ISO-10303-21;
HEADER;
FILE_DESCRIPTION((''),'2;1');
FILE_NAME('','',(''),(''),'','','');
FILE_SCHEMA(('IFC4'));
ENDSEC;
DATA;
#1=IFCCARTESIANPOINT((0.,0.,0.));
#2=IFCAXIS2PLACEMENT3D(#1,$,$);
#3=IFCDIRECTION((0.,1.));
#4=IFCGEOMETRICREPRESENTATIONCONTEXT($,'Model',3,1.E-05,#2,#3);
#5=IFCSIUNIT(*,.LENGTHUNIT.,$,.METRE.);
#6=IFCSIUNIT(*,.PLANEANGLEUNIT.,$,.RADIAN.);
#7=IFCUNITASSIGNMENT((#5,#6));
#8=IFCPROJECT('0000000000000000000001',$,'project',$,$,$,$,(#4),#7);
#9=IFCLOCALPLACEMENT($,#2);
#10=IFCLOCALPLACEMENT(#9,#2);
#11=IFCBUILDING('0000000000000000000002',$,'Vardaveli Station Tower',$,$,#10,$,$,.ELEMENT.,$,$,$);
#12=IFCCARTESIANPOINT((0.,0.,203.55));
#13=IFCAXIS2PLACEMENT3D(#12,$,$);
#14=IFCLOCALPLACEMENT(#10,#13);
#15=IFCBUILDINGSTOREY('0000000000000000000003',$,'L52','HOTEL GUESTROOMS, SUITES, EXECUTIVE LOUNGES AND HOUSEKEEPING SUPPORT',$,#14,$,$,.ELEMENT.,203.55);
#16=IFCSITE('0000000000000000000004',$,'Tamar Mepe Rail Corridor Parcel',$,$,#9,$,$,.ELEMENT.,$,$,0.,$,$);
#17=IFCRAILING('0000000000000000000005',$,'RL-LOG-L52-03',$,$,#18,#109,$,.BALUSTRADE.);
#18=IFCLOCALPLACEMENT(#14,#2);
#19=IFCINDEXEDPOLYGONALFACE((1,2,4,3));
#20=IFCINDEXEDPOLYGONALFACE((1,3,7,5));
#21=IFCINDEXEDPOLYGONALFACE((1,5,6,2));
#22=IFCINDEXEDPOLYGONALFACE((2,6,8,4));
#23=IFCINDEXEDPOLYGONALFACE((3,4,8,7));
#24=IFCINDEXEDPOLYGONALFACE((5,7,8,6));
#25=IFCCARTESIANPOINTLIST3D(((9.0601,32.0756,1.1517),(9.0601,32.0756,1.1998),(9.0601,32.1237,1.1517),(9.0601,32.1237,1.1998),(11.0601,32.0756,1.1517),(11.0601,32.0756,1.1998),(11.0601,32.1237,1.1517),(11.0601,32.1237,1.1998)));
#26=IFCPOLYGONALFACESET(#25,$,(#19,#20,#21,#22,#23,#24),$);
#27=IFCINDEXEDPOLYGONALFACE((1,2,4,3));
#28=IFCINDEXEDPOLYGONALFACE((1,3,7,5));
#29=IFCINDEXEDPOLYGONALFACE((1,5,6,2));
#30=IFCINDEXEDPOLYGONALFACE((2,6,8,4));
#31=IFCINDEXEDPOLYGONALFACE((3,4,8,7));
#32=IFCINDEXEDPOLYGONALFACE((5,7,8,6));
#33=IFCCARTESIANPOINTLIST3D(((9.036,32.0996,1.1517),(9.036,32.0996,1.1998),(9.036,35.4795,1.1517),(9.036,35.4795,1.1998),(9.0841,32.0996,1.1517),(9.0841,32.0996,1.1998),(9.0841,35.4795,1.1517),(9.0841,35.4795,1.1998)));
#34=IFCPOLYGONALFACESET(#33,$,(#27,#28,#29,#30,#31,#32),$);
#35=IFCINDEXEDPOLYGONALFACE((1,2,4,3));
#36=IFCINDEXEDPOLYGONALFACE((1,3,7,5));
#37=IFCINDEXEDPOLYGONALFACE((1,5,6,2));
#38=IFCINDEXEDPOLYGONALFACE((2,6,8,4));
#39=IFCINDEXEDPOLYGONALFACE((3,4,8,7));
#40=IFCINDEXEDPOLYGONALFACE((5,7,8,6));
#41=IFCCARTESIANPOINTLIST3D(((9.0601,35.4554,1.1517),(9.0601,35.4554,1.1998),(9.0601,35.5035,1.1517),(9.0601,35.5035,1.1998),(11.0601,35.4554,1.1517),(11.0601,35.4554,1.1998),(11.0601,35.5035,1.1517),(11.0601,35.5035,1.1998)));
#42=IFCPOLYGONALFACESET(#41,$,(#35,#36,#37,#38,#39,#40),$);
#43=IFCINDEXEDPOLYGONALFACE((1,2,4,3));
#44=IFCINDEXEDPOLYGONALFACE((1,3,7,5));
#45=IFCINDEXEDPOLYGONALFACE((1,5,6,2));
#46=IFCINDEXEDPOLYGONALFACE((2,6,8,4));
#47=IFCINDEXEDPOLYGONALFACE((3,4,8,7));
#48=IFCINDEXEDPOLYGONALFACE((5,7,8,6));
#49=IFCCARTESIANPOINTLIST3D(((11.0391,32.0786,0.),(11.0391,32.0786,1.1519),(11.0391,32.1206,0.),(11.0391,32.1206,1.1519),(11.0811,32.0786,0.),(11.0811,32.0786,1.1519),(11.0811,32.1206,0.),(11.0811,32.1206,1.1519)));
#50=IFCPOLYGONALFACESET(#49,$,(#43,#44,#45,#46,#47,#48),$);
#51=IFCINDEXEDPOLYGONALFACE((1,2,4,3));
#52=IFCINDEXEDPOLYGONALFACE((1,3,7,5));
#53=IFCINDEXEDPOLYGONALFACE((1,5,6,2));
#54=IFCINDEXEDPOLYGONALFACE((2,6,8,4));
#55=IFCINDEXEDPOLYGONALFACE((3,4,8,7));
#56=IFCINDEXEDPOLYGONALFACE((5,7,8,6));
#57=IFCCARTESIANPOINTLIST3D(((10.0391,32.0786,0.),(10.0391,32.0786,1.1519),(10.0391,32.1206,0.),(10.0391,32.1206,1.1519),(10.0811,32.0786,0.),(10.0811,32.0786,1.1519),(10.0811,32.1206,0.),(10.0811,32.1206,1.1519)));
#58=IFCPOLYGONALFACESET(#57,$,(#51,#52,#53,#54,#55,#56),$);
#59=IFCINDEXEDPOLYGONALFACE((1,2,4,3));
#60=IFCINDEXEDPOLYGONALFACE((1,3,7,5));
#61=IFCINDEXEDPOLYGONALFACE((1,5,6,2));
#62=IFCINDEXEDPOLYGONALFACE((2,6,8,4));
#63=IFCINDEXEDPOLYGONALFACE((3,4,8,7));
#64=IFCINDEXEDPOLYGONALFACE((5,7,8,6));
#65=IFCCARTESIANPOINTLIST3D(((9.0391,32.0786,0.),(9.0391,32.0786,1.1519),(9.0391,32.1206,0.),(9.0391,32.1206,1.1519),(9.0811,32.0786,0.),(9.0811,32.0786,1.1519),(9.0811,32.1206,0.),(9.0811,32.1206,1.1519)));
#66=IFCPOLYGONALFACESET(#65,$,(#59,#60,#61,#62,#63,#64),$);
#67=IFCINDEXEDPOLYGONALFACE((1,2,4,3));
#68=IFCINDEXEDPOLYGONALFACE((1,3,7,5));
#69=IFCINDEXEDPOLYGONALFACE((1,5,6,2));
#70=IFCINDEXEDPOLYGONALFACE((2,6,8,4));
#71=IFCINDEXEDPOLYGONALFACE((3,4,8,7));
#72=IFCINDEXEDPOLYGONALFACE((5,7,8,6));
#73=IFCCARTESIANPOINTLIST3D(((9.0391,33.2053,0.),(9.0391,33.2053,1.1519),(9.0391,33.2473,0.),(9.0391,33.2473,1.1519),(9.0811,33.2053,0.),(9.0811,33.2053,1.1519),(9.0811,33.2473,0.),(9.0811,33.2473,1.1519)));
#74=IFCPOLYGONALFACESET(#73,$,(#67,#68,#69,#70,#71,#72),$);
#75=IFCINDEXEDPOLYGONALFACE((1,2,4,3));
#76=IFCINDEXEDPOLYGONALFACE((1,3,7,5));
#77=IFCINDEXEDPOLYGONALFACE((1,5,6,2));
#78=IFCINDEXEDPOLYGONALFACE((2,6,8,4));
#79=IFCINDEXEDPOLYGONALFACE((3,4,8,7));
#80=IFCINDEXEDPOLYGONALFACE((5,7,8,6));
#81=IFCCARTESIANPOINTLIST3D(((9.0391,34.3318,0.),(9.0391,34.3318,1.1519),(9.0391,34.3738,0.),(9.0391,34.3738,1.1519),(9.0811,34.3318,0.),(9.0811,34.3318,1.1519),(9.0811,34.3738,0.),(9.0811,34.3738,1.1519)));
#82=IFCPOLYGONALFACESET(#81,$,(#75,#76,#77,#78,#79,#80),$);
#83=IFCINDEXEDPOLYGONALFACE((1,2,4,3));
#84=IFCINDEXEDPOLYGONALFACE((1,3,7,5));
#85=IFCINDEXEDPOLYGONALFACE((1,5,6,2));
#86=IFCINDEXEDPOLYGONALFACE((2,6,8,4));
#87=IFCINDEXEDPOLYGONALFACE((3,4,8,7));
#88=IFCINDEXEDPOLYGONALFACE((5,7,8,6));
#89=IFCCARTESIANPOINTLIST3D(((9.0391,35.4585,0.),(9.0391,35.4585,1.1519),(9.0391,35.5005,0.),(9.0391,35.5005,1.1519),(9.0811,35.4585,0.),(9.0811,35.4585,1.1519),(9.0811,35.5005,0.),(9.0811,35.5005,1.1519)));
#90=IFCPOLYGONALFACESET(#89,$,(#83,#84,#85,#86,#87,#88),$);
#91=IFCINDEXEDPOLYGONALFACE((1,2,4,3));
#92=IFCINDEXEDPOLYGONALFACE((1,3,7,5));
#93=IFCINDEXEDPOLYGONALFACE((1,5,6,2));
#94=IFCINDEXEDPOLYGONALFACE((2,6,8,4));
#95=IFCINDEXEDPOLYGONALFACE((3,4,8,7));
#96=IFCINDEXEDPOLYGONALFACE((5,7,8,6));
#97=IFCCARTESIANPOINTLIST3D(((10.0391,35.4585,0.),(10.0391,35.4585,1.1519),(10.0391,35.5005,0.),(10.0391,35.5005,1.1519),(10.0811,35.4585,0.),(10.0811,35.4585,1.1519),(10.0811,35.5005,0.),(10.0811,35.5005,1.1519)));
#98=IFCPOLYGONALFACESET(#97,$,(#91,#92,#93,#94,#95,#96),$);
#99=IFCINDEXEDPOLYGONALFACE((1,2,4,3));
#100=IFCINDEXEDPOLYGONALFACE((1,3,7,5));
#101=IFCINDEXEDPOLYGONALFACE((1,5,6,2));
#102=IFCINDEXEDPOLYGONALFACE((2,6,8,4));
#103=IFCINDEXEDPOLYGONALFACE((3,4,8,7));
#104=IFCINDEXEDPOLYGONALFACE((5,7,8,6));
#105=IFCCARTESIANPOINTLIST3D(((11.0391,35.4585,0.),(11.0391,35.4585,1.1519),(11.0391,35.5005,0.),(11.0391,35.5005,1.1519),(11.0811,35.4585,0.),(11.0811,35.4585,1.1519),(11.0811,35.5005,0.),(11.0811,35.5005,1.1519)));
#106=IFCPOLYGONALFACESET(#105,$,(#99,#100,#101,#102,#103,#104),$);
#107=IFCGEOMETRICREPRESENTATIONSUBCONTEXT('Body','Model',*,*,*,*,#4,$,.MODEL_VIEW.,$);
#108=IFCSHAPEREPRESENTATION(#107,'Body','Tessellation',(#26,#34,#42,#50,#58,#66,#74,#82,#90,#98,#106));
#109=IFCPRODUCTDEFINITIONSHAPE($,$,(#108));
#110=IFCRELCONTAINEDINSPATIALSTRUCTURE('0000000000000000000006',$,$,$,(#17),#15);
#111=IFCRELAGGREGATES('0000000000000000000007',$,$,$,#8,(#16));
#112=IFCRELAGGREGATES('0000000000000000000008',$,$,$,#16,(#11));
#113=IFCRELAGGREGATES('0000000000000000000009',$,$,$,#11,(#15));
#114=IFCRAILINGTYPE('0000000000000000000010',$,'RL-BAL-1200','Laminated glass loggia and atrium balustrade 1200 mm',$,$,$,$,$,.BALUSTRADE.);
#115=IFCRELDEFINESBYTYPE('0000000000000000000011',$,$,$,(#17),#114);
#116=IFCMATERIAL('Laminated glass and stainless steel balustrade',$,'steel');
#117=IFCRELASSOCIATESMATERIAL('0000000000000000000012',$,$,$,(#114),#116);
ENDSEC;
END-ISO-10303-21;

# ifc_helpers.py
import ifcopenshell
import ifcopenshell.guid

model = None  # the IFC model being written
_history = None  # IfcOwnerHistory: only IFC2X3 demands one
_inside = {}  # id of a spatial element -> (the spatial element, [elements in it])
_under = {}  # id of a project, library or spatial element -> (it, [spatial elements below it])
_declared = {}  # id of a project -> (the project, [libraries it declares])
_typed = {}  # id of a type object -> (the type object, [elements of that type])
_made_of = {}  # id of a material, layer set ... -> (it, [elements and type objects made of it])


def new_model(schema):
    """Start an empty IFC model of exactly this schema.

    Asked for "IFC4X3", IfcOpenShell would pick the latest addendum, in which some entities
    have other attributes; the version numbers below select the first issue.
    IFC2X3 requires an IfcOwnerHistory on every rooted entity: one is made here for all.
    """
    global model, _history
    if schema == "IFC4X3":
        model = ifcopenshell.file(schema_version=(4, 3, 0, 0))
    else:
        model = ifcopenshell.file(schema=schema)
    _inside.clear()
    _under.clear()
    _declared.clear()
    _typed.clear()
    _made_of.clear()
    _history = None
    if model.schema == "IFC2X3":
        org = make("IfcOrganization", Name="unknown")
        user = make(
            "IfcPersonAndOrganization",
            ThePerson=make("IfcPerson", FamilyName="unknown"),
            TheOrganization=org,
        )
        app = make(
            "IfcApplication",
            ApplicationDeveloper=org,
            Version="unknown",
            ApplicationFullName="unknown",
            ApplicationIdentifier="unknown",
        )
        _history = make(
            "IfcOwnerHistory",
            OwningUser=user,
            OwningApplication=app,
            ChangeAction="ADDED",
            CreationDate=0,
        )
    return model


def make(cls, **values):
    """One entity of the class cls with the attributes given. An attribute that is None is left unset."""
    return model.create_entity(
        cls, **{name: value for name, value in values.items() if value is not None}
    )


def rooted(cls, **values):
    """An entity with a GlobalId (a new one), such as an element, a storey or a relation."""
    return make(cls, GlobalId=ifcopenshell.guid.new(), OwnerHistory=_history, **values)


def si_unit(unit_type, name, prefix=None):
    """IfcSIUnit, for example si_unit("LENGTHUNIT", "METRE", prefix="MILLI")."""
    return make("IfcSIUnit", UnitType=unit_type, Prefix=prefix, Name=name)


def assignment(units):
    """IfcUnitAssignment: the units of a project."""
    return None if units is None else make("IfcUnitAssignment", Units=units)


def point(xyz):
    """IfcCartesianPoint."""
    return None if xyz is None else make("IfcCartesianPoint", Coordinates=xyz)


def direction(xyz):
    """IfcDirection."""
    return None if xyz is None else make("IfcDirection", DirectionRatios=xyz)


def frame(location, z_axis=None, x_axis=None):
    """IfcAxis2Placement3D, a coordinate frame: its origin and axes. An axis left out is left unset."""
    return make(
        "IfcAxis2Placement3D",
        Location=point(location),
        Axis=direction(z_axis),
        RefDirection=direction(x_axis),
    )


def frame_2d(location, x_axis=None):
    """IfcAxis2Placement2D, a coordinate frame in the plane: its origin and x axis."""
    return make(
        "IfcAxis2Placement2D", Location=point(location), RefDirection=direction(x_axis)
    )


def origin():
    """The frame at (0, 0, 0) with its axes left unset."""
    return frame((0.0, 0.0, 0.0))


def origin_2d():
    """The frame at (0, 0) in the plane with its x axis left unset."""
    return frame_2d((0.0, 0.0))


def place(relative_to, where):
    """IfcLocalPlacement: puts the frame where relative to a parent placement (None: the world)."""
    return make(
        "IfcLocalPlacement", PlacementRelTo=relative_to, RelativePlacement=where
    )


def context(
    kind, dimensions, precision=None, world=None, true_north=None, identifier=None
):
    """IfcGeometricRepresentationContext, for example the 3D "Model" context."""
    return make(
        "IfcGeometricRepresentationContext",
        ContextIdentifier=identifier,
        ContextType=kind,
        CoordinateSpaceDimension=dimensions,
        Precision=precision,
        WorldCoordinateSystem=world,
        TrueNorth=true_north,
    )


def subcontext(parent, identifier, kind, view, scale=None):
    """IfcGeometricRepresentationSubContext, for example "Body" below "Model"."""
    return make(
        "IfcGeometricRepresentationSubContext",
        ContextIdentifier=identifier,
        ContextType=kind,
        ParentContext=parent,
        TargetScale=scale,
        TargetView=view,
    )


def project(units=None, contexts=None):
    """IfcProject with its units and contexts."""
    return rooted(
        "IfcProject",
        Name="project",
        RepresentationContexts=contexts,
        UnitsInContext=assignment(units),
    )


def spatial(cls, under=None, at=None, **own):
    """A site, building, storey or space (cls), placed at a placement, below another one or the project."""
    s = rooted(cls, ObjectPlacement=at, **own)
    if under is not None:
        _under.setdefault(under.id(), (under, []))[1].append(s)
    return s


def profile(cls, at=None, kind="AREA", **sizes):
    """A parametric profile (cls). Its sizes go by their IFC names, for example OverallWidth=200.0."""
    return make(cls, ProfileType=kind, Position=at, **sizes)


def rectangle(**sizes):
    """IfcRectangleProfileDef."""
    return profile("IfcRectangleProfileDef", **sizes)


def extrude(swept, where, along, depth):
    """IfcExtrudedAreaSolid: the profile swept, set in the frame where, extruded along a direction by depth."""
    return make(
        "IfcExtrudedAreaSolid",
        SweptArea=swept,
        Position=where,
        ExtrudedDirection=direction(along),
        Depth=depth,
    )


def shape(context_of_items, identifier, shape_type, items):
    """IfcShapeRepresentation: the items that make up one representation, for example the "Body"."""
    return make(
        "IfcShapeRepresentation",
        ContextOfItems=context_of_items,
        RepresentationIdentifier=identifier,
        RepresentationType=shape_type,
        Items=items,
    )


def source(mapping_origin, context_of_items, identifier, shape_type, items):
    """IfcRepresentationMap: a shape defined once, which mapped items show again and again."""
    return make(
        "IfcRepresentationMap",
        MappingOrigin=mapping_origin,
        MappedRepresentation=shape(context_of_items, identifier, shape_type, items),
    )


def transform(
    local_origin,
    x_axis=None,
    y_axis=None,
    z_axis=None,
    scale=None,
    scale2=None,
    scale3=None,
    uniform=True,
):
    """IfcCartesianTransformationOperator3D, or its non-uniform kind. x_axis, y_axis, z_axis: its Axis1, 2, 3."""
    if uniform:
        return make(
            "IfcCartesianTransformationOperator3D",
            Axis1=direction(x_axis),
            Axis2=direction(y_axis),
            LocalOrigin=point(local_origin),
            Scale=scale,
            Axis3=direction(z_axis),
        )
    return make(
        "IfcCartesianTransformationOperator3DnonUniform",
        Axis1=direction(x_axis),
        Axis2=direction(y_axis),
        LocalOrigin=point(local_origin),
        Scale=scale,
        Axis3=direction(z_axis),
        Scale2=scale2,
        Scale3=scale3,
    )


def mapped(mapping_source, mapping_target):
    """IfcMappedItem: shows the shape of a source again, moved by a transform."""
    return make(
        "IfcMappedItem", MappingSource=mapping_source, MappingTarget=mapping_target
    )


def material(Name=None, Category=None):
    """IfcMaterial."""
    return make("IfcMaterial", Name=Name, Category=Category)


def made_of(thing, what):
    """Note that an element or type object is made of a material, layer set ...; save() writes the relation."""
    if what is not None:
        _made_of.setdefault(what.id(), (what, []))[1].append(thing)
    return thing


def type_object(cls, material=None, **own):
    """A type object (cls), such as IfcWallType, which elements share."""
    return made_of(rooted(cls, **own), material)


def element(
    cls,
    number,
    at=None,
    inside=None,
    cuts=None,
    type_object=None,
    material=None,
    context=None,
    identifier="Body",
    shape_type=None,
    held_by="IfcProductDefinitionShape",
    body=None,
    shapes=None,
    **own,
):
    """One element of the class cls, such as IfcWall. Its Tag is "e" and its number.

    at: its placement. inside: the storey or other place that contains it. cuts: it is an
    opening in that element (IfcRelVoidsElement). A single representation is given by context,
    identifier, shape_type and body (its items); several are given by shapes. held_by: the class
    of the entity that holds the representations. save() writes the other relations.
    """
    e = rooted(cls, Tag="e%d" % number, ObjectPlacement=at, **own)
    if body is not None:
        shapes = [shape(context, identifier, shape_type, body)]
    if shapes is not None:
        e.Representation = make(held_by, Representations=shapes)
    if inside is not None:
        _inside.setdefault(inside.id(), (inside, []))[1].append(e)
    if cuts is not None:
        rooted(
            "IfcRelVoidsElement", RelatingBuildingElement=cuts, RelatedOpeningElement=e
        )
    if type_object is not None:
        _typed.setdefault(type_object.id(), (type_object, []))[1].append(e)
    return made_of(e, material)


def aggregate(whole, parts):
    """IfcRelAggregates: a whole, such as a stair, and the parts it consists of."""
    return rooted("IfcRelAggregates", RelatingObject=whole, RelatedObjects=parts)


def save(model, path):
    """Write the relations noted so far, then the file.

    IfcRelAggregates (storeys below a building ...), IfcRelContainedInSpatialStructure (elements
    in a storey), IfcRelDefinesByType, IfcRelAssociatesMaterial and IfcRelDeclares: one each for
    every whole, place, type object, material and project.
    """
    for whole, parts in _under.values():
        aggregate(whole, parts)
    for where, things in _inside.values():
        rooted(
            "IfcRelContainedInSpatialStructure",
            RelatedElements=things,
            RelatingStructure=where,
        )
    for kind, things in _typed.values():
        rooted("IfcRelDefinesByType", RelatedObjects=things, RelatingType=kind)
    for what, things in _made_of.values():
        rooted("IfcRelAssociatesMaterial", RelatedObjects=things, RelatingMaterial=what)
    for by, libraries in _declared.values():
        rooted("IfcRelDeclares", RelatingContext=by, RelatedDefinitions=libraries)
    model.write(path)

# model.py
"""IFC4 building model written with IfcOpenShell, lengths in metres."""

from ifc_helpers import new_model, si_unit, direction, frame, origin, origin_2d, place, context, subcontext, project, spatial, rectangle, extrude, source, transform, mapped, material, type_object, element, save


model = new_model("IFC4")

# Units and contexts
model_context = context("Model", 3, precision=1e-05, world=origin(), true_north=direction((0.0, 1.0)))
body_context = subcontext(model_context, "Body", "Model", "MODEL_VIEW")
ifc_project = project(units=[si_unit("LENGTHUNIT", "METRE"), si_unit("PLANEANGLEUNIT", "RADIAN")], contexts=[model_context])

# Site, building, storey
site_placement = place(None, origin())
site = spatial("IfcSite", under=ifc_project, at=site_placement, Name="Tamar Mepe Rail Corridor Parcel", CompositionType="ELEMENT", RefElevation=0.0)
building_placement = place(site_placement, origin())
building = spatial("IfcBuilding", under=site, at=building_placement, Name="Vardaveli Station Tower", CompositionType="ELEMENT")
storey_placement = place(building_placement, frame((0.0, 0.0, 203.55)))
storey = spatial("IfcBuildingStorey", under=building, at=storey_placement, Name="L52", Description="HOTEL GUESTROOMS, SUITES, EXECUTIVE LOUNGES AND HOUSEKEEPING SUPPORT", CompositionType="ELEMENT", Elevation=203.55)

# Railing
ifc_material_1 = material(Name="Laminated glass and stainless steel balustrade", Category="steel")
railing_type = type_object("IfcRailingType", Name="RL-BAL-1200", Description="Laminated glass loggia and atrium balustrade 1200 mm", PredefinedType="BALUSTRADE", material=ifc_material_1)
shared_shape_1 = source(origin(), body_context, "Body", "SweptSolid", [
    extrude(rectangle(XDim=0.0481, YDim=0.0481, at=origin_2d()), frame((0.0, 0.0, 1.1758), z_axis=(-1.0, 0.0, 0.0), x_axis=(0.0, -1.0, 0.0)), (0.0, 0.0, 1.0), 2.0),
    extrude(rectangle(XDim=0.0481, YDim=0.0481, at=origin_2d()), frame((-2.0, 0.0, 1.1758), z_axis=(0.0, 1.0, 0.0), x_axis=(-1.0, 0.0, 0.0)), (0.0, 0.0, 1.0), 3.3799),
    extrude(rectangle(XDim=0.0481, YDim=0.0481, at=origin_2d()), frame((-2.0, 3.3799, 1.1758), z_axis=(1.0, 0.0, 0.0), x_axis=(0.0, 1.0, 0.0)), (0.0, 0.0, 1.0), 2.0),
    extrude(rectangle(XDim=0.042, YDim=0.042, at=origin_2d()), origin(), (0.0, 0.0, 1.0), 1.1519),
    extrude(rectangle(XDim=0.042, YDim=0.042, at=origin_2d()), frame((-1.0, 0.0, 0.0)), (0.0, 0.0, 1.0), 1.1519),
    extrude(rectangle(XDim=0.042, YDim=0.042, at=origin_2d()), frame((-2.0, 0.0, 0.0)), (0.0, 0.0, 1.0), 1.1519),
    extrude(rectangle(XDim=0.042, YDim=0.042, at=origin_2d()), frame((-2.0, 1.1267, 0.0)), (0.0, 0.0, 1.0), 1.1519),
    extrude(rectangle(XDim=0.042, YDim=0.042, at=origin_2d()), frame((-2.0, 2.2532, 0.0)), (0.0, 0.0, 1.0), 1.1519),
    extrude(rectangle(XDim=0.042, YDim=0.042, at=origin_2d()), frame((-2.0, 3.3799, 0.0)), (0.0, 0.0, 1.0), 1.1519),
    extrude(rectangle(XDim=0.042, YDim=0.042, at=origin_2d()), frame((-1.0, 3.3799, 0.0)), (0.0, 0.0, 1.0), 1.1519),
    extrude(rectangle(XDim=0.042, YDim=0.042, at=origin_2d()), frame((0.0, 3.3799, 0.0)), (0.0, 0.0, 1.0), 1.1519),
])
railing_placement = place(storey_placement, frame((11.0601, 32.0996, 0.0)))
element("IfcRailing", 1, at=railing_placement, inside=storey, type_object=railing_type, Name="RL-LOG-L52-03", PredefinedType="BALUSTRADE", context=body_context, shape_type="MappedRepresentation", body=[
    mapped(shared_shape_1, transform((0.0, 0.0, 0.0), scale=1.0)),
])

save(model, "model.ifc")
